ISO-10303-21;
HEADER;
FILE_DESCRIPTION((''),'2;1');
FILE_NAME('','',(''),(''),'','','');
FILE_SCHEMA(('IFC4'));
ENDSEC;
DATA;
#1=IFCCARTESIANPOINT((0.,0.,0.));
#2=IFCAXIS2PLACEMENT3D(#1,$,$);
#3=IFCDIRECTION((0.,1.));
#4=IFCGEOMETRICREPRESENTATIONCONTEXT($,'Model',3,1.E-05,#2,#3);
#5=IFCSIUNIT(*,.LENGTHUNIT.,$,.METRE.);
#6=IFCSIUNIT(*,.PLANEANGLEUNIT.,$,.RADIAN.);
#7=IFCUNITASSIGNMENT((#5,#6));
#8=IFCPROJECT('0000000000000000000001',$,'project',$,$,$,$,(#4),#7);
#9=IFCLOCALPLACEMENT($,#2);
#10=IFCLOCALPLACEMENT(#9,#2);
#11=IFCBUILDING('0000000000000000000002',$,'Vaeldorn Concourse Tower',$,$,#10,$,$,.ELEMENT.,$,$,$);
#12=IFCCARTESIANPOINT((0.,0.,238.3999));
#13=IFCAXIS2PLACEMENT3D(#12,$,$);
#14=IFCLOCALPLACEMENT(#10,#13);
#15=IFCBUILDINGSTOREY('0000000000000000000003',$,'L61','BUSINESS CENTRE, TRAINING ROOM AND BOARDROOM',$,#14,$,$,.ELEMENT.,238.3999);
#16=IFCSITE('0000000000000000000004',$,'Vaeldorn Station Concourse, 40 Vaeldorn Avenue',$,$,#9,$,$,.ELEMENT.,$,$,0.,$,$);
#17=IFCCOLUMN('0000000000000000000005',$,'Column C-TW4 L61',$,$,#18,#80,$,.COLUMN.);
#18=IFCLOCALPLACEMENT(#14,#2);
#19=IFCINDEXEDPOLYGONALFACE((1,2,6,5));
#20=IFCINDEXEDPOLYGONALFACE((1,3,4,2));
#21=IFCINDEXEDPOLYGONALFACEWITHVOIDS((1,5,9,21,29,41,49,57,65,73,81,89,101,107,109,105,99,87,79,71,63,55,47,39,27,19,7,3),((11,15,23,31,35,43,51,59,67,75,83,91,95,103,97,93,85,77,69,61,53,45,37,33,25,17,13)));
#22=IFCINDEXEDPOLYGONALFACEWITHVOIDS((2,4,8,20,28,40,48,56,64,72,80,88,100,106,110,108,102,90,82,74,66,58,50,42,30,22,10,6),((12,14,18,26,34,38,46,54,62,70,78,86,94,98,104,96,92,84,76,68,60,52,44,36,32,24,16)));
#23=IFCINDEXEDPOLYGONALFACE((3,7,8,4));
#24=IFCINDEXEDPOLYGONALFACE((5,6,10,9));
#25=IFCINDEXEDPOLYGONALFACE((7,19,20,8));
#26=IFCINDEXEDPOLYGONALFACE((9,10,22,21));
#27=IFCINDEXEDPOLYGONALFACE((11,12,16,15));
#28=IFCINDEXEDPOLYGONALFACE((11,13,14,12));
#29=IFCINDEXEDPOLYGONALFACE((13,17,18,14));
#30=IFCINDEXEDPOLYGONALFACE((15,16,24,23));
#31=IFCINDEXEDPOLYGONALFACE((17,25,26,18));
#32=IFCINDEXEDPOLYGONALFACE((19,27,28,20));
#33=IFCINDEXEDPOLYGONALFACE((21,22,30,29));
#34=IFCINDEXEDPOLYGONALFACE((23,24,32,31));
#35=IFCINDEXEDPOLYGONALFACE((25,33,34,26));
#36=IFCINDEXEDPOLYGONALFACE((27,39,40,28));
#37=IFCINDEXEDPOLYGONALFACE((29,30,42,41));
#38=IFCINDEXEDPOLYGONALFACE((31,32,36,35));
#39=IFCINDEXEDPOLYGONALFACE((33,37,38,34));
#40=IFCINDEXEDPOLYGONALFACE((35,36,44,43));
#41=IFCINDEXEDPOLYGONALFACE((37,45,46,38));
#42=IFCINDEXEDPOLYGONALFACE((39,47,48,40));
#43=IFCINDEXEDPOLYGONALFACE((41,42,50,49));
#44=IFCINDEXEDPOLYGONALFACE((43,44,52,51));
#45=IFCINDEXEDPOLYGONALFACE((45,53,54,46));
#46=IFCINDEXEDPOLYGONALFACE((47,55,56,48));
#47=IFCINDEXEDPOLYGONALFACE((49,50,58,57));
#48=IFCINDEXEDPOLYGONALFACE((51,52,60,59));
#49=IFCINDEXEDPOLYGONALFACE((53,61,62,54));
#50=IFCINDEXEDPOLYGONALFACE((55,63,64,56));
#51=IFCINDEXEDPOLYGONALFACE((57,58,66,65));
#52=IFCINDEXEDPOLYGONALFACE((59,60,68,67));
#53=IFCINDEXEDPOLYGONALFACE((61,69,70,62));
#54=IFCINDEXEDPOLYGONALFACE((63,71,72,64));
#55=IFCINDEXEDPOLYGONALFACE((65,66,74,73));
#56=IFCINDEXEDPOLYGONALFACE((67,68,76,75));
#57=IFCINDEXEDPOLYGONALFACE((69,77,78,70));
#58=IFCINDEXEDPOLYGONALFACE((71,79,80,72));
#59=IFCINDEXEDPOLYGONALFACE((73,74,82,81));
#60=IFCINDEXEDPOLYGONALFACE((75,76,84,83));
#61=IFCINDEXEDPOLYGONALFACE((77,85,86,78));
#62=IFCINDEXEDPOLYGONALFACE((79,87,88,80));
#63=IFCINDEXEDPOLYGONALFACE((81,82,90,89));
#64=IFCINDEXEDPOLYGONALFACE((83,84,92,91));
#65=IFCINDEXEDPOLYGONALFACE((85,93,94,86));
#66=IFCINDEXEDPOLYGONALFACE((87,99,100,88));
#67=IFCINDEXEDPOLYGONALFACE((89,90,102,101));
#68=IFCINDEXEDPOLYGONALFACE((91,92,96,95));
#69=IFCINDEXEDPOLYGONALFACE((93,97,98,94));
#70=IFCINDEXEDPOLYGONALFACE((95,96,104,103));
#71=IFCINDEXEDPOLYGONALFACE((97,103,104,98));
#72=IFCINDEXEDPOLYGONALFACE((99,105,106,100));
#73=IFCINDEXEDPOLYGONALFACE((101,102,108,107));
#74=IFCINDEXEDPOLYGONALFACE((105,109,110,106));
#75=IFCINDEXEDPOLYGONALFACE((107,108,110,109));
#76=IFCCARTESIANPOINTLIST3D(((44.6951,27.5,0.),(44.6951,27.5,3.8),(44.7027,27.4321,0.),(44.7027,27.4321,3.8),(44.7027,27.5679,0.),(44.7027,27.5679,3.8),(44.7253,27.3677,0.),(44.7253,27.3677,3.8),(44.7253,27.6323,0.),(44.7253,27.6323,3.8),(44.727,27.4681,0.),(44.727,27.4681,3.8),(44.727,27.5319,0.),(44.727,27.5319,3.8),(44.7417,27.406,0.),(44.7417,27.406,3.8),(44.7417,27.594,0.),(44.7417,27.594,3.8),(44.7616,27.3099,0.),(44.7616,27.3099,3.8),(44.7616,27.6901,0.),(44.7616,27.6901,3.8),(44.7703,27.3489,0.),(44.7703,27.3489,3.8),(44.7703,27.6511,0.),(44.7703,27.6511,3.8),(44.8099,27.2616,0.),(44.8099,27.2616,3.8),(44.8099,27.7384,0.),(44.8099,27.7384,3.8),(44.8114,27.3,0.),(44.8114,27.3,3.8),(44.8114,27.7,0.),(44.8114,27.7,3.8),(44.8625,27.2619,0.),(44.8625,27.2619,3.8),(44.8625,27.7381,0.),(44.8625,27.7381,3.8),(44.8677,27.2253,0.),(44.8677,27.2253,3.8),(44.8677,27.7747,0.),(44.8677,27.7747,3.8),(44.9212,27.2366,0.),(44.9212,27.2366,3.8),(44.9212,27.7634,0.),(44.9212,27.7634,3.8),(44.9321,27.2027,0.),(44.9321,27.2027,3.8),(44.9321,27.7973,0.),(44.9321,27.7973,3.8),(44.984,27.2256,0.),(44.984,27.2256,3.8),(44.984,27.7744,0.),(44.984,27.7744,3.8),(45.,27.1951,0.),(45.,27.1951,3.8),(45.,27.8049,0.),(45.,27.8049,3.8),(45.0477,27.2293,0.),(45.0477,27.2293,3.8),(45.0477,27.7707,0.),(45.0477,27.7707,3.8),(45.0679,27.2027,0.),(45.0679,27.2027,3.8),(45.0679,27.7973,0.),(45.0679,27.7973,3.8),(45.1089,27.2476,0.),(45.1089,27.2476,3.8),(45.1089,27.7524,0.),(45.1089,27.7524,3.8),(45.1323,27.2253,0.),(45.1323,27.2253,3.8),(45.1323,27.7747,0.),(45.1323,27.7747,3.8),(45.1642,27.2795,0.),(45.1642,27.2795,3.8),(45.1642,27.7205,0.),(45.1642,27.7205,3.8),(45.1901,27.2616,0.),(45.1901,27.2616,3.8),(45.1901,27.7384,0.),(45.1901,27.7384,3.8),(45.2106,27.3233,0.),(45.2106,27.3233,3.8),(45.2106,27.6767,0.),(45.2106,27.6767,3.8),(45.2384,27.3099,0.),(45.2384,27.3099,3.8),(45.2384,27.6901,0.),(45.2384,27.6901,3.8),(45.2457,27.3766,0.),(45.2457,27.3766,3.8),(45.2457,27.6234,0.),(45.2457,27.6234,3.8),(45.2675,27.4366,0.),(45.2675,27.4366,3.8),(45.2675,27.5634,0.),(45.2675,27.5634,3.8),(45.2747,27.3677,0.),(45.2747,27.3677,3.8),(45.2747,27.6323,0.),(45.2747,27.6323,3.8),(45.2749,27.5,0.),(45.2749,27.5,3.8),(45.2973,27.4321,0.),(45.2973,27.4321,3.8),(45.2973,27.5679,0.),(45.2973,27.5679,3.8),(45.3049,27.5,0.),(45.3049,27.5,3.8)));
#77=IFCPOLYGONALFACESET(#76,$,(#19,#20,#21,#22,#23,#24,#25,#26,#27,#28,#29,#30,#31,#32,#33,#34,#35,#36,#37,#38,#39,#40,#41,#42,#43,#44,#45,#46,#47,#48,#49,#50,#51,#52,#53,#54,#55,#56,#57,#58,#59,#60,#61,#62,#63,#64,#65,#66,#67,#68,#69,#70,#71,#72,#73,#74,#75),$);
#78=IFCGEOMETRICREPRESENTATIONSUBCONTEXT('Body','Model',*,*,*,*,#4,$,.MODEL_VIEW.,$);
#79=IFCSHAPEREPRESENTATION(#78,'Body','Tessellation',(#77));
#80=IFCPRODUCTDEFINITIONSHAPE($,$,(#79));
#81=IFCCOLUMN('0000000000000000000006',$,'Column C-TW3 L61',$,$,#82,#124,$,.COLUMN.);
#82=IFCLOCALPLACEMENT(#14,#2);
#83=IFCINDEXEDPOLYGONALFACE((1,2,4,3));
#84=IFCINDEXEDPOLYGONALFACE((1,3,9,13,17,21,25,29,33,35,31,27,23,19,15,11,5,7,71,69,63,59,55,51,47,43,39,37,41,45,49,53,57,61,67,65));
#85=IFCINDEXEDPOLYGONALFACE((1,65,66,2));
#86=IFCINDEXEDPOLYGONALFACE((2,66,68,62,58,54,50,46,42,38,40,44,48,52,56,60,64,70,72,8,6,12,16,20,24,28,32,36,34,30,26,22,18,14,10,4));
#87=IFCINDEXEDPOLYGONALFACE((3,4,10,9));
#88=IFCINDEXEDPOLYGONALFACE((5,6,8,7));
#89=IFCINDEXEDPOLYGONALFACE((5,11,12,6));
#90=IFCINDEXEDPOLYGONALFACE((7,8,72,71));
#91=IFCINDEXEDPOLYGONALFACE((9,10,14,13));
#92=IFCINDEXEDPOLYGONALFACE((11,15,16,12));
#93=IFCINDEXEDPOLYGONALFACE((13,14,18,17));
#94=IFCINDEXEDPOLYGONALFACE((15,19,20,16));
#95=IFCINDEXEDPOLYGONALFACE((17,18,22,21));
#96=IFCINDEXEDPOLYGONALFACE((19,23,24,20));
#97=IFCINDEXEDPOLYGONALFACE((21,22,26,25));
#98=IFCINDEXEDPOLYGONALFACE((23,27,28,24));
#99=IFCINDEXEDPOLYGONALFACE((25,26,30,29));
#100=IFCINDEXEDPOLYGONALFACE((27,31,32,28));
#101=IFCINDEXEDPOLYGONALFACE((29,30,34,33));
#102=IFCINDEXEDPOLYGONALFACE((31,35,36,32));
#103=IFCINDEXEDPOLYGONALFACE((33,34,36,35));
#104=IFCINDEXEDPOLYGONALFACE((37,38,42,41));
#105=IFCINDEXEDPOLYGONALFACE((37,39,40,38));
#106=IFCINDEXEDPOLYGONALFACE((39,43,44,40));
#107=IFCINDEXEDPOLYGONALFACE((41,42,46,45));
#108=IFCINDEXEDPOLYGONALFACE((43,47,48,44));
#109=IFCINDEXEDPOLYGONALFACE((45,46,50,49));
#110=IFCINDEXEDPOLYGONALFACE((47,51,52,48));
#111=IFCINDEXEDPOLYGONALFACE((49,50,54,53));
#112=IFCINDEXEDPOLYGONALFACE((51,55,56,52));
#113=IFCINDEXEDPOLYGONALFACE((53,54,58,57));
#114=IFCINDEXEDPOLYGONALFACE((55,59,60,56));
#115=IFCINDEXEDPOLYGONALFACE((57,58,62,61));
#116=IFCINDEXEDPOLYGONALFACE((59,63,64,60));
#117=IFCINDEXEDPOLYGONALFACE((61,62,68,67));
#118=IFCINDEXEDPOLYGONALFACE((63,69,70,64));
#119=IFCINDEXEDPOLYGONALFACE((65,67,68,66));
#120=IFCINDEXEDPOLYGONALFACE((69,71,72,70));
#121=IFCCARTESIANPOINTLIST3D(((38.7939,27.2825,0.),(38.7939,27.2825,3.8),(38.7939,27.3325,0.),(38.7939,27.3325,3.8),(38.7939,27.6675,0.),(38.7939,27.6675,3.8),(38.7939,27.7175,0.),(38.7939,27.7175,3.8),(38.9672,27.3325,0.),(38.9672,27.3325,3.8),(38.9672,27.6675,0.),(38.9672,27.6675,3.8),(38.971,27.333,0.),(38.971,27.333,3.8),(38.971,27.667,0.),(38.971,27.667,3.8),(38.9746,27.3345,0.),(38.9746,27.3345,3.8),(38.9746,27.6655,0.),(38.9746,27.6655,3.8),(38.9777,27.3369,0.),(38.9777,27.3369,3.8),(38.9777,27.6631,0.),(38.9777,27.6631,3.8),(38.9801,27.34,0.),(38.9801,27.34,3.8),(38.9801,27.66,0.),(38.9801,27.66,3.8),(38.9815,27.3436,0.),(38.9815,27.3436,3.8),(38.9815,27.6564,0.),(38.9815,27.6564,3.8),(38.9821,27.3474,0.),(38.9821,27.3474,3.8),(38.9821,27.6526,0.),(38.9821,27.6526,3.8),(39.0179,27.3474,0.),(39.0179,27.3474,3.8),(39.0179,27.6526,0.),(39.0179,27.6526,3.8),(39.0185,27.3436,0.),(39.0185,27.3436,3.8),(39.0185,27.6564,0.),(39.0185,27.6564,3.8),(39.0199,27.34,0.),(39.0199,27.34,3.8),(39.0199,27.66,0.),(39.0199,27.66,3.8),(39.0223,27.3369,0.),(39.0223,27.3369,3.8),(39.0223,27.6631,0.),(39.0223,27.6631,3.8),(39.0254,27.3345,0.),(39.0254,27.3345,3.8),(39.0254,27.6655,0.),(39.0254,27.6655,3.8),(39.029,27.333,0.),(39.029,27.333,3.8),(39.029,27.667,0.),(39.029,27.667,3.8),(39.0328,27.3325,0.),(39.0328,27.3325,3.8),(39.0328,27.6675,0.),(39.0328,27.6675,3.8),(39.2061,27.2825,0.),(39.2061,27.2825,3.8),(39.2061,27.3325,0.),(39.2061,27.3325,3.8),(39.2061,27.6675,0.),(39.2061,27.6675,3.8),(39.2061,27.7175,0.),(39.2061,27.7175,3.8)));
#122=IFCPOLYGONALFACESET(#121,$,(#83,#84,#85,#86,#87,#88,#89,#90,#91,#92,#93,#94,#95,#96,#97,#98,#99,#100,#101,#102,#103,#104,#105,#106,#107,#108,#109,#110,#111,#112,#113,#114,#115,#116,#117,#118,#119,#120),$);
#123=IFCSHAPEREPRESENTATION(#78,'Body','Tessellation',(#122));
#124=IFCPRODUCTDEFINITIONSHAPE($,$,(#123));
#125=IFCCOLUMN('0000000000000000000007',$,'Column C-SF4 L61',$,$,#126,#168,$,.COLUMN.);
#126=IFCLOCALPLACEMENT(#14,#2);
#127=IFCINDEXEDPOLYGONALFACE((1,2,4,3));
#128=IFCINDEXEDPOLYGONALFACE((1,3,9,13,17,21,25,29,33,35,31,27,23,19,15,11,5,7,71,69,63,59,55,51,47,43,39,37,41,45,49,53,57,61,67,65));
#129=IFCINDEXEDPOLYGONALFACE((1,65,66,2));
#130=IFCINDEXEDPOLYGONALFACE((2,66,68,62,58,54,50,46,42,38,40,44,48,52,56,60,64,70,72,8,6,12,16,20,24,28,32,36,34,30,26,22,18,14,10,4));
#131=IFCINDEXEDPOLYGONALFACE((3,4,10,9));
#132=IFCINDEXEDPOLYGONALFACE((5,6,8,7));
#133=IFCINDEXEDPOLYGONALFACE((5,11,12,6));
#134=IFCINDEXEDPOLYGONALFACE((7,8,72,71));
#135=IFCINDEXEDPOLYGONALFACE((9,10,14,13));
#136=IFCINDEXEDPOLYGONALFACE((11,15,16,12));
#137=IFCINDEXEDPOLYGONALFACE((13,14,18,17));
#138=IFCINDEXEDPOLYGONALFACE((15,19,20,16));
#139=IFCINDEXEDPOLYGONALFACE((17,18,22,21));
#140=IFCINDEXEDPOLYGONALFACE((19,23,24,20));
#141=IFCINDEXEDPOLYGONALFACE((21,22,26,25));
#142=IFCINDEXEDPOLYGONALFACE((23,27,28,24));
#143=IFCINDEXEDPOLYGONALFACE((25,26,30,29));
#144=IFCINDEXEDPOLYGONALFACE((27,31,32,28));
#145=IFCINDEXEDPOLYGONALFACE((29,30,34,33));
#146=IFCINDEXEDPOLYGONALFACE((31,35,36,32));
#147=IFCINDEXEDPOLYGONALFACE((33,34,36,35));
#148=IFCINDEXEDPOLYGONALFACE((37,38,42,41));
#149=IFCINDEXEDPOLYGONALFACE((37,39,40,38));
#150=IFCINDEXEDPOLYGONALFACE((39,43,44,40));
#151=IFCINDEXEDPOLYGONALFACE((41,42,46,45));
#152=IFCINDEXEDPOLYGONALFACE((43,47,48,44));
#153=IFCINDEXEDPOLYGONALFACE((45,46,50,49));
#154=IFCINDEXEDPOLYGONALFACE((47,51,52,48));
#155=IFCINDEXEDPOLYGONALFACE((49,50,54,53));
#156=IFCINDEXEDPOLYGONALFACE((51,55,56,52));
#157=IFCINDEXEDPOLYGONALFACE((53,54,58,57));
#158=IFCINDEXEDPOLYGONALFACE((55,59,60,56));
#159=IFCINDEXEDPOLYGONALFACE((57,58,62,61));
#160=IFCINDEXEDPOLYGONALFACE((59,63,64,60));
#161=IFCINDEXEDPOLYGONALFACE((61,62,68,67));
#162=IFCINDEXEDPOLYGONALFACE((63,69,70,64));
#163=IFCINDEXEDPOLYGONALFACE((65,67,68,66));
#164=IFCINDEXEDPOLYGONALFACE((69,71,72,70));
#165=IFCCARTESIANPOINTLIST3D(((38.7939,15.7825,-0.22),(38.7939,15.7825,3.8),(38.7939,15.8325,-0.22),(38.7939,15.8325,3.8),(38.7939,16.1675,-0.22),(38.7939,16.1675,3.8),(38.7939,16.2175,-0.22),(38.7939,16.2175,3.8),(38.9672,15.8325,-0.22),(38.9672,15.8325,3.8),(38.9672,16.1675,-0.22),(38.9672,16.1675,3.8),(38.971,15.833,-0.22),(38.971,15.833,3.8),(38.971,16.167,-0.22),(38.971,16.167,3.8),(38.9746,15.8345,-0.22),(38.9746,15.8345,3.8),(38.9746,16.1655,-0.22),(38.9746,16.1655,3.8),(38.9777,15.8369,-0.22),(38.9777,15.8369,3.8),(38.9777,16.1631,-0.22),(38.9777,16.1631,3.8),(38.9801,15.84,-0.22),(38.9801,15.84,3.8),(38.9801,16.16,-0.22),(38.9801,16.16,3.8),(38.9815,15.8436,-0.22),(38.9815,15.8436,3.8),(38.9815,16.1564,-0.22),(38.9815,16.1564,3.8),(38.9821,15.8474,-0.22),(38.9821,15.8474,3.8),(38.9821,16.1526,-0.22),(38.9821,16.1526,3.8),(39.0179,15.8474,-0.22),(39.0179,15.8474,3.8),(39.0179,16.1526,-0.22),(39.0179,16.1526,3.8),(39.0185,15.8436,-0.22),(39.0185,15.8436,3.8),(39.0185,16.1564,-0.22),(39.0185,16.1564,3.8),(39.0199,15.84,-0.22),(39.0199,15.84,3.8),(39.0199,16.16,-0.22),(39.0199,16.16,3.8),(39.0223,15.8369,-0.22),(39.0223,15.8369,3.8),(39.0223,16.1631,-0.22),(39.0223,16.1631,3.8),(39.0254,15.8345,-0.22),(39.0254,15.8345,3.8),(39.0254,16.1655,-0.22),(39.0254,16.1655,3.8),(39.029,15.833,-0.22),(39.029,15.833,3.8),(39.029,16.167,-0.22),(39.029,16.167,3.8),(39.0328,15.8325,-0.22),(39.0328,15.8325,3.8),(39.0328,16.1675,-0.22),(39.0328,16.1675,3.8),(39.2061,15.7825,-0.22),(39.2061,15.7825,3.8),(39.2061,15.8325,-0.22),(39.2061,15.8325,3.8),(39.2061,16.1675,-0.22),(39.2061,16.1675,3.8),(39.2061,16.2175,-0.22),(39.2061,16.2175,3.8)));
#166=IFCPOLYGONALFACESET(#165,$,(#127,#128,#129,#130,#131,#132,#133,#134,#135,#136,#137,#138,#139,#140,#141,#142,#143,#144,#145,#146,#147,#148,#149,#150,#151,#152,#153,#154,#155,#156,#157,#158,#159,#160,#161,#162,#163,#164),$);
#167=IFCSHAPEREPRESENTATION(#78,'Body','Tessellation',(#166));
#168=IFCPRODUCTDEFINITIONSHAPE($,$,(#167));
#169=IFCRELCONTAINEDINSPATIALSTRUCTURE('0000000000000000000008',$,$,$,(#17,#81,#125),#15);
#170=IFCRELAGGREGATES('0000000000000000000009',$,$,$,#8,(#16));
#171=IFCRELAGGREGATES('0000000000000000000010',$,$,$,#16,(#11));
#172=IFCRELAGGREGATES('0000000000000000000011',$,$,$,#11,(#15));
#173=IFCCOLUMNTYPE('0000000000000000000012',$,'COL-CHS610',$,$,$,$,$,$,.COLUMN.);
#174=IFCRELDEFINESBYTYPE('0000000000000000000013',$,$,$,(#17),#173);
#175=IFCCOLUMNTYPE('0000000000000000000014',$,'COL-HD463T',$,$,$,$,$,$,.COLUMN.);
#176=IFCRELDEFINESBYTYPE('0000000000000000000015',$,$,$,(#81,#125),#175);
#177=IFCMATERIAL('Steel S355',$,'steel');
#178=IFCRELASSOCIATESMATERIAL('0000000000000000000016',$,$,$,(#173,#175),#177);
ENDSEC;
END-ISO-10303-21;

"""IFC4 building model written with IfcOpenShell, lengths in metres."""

from ifc_helpers import new_model, si_unit, direction, frame, origin, origin_2d, place, context, subcontext, project, spatial, hollow_circle, i_section, extrude, source, transform, mapped, material, material_profile, profile_set, type_object, element, save


model = new_model("IFC4")

# Units and contexts
model_context = context("Model", 3, precision=1e-05, world=origin(), true_north=direction((0.0, 1.0)))
body_context = subcontext(model_context, "Body", "Model", "MODEL_VIEW")
ifc_project = project(units=[si_unit("LENGTHUNIT", "METRE"), si_unit("PLANEANGLEUNIT", "RADIAN")], contexts=[model_context])

# Site, building, storey
site_placement = place(None, origin())
site = spatial("IfcSite", under=ifc_project, at=site_placement, Name="Vaeldorn Station Concourse, 40 Vaeldorn Avenue", CompositionType="ELEMENT", RefElevation=0.0)
building_placement = place(site_placement, origin())
building = spatial("IfcBuilding", under=site, at=building_placement, Name="Vaeldorn Concourse Tower", CompositionType="ELEMENT")
storey_placement = place(building_placement, frame((0.0, 0.0, 238.3999)))
storey = spatial("IfcBuildingStorey", under=building, at=storey_placement, Name="L61", Description="BUSINESS CENTRE, TRAINING ROOM AND BOARDROOM", CompositionType="ELEMENT", Elevation=238.3999)

# Columns
ifc_material_1 = material(Name="Steel S355", Category="steel")
ifc_material_profile_1 = material_profile(ifc_material_1, hollow_circle(Radius=0.3049, WallThickness=0.03, at=origin_2d()), Name="CHS 610x30")
ifc_profile_set_1 = profile_set([ifc_material_profile_1], Name="Steel S355")
column_type_1 = type_object("IfcColumnType", Name="COL-CHS610", PredefinedType="COLUMN", material=ifc_profile_set_1)
shared_shape_1 = source(origin(), body_context, "Body", "SweptSolid", [
    extrude(hollow_circle(Radius=0.3049, WallThickness=0.03, at=origin_2d()), origin(), (0.0, 0.0, 1.0), 3.8),
])
column_1_placement = place(storey_placement, frame((45.0, 27.5, 0.0), z_axis=(0.0, 0.0, 1.0), x_axis=(1.0, 0.0, 0.0)))
element("IfcColumn", 1, at=column_1_placement, inside=storey, type_object=column_type_1, Name="Column C-TW4 L61", PredefinedType="COLUMN", context=body_context, shape_type="MappedRepresentation", body=[
    mapped(shared_shape_1, transform((0.0, 0.0, 0.0), scale=1.0)),
])
ifc_material_profile_2 = material_profile(ifc_material_1, i_section(OverallWidth=0.4121, OverallDepth=0.4351, WebThickness=0.0359, FlangeThickness=0.05, FilletRadius=0.0149, at=origin_2d()), Name="HD 400x463")
ifc_profile_set_2 = profile_set([ifc_material_profile_2], Name="Steel S355")
column_type_2 = type_object("IfcColumnType", Name="COL-HD463T", PredefinedType="COLUMN", material=ifc_profile_set_2)
shared_shape_2 = source(origin(), body_context, "Body", "SweptSolid", [
    extrude(i_section(OverallWidth=0.4121, OverallDepth=0.4351, WebThickness=0.0359, FlangeThickness=0.05, FilletRadius=0.0149, at=origin_2d()), origin(), (0.0, 0.0, 1.0), 3.8),
])
column_2_placement = place(storey_placement, frame((39.0, 27.5, 0.0), z_axis=(0.0, 0.0, 1.0), x_axis=(1.0, 0.0, 0.0)))
element("IfcColumn", 2, at=column_2_placement, inside=storey, type_object=column_type_2, Name="Column C-TW3 L61", PredefinedType="COLUMN", context=body_context, shape_type="MappedRepresentation", body=[
    mapped(shared_shape_2, transform((0.0, 0.0, 0.0), scale=1.0)),
])
shared_shape_3 = source(origin(), body_context, "Body", "SweptSolid", [
    extrude(i_section(OverallWidth=0.4121, OverallDepth=0.4351, WebThickness=0.0359, FlangeThickness=0.05, FilletRadius=0.0149, at=origin_2d()), origin(), (0.0, 0.0, 1.0), 4.02),
])
column_3_placement = place(storey_placement, frame((39.0, 16.0, -0.22), z_axis=(0.0, 0.0, 1.0), x_axis=(1.0, 0.0, 0.0)))
element("IfcColumn", 3, at=column_3_placement, inside=storey, type_object=column_type_2, Name="Column C-SF4 L61", PredefinedType="COLUMN", context=body_context, shape_type="MappedRepresentation", body=[
    mapped(shared_shape_3, transform((0.0, 0.0, 0.0), scale=1.0)),
])

save(model, "model.ifc")
